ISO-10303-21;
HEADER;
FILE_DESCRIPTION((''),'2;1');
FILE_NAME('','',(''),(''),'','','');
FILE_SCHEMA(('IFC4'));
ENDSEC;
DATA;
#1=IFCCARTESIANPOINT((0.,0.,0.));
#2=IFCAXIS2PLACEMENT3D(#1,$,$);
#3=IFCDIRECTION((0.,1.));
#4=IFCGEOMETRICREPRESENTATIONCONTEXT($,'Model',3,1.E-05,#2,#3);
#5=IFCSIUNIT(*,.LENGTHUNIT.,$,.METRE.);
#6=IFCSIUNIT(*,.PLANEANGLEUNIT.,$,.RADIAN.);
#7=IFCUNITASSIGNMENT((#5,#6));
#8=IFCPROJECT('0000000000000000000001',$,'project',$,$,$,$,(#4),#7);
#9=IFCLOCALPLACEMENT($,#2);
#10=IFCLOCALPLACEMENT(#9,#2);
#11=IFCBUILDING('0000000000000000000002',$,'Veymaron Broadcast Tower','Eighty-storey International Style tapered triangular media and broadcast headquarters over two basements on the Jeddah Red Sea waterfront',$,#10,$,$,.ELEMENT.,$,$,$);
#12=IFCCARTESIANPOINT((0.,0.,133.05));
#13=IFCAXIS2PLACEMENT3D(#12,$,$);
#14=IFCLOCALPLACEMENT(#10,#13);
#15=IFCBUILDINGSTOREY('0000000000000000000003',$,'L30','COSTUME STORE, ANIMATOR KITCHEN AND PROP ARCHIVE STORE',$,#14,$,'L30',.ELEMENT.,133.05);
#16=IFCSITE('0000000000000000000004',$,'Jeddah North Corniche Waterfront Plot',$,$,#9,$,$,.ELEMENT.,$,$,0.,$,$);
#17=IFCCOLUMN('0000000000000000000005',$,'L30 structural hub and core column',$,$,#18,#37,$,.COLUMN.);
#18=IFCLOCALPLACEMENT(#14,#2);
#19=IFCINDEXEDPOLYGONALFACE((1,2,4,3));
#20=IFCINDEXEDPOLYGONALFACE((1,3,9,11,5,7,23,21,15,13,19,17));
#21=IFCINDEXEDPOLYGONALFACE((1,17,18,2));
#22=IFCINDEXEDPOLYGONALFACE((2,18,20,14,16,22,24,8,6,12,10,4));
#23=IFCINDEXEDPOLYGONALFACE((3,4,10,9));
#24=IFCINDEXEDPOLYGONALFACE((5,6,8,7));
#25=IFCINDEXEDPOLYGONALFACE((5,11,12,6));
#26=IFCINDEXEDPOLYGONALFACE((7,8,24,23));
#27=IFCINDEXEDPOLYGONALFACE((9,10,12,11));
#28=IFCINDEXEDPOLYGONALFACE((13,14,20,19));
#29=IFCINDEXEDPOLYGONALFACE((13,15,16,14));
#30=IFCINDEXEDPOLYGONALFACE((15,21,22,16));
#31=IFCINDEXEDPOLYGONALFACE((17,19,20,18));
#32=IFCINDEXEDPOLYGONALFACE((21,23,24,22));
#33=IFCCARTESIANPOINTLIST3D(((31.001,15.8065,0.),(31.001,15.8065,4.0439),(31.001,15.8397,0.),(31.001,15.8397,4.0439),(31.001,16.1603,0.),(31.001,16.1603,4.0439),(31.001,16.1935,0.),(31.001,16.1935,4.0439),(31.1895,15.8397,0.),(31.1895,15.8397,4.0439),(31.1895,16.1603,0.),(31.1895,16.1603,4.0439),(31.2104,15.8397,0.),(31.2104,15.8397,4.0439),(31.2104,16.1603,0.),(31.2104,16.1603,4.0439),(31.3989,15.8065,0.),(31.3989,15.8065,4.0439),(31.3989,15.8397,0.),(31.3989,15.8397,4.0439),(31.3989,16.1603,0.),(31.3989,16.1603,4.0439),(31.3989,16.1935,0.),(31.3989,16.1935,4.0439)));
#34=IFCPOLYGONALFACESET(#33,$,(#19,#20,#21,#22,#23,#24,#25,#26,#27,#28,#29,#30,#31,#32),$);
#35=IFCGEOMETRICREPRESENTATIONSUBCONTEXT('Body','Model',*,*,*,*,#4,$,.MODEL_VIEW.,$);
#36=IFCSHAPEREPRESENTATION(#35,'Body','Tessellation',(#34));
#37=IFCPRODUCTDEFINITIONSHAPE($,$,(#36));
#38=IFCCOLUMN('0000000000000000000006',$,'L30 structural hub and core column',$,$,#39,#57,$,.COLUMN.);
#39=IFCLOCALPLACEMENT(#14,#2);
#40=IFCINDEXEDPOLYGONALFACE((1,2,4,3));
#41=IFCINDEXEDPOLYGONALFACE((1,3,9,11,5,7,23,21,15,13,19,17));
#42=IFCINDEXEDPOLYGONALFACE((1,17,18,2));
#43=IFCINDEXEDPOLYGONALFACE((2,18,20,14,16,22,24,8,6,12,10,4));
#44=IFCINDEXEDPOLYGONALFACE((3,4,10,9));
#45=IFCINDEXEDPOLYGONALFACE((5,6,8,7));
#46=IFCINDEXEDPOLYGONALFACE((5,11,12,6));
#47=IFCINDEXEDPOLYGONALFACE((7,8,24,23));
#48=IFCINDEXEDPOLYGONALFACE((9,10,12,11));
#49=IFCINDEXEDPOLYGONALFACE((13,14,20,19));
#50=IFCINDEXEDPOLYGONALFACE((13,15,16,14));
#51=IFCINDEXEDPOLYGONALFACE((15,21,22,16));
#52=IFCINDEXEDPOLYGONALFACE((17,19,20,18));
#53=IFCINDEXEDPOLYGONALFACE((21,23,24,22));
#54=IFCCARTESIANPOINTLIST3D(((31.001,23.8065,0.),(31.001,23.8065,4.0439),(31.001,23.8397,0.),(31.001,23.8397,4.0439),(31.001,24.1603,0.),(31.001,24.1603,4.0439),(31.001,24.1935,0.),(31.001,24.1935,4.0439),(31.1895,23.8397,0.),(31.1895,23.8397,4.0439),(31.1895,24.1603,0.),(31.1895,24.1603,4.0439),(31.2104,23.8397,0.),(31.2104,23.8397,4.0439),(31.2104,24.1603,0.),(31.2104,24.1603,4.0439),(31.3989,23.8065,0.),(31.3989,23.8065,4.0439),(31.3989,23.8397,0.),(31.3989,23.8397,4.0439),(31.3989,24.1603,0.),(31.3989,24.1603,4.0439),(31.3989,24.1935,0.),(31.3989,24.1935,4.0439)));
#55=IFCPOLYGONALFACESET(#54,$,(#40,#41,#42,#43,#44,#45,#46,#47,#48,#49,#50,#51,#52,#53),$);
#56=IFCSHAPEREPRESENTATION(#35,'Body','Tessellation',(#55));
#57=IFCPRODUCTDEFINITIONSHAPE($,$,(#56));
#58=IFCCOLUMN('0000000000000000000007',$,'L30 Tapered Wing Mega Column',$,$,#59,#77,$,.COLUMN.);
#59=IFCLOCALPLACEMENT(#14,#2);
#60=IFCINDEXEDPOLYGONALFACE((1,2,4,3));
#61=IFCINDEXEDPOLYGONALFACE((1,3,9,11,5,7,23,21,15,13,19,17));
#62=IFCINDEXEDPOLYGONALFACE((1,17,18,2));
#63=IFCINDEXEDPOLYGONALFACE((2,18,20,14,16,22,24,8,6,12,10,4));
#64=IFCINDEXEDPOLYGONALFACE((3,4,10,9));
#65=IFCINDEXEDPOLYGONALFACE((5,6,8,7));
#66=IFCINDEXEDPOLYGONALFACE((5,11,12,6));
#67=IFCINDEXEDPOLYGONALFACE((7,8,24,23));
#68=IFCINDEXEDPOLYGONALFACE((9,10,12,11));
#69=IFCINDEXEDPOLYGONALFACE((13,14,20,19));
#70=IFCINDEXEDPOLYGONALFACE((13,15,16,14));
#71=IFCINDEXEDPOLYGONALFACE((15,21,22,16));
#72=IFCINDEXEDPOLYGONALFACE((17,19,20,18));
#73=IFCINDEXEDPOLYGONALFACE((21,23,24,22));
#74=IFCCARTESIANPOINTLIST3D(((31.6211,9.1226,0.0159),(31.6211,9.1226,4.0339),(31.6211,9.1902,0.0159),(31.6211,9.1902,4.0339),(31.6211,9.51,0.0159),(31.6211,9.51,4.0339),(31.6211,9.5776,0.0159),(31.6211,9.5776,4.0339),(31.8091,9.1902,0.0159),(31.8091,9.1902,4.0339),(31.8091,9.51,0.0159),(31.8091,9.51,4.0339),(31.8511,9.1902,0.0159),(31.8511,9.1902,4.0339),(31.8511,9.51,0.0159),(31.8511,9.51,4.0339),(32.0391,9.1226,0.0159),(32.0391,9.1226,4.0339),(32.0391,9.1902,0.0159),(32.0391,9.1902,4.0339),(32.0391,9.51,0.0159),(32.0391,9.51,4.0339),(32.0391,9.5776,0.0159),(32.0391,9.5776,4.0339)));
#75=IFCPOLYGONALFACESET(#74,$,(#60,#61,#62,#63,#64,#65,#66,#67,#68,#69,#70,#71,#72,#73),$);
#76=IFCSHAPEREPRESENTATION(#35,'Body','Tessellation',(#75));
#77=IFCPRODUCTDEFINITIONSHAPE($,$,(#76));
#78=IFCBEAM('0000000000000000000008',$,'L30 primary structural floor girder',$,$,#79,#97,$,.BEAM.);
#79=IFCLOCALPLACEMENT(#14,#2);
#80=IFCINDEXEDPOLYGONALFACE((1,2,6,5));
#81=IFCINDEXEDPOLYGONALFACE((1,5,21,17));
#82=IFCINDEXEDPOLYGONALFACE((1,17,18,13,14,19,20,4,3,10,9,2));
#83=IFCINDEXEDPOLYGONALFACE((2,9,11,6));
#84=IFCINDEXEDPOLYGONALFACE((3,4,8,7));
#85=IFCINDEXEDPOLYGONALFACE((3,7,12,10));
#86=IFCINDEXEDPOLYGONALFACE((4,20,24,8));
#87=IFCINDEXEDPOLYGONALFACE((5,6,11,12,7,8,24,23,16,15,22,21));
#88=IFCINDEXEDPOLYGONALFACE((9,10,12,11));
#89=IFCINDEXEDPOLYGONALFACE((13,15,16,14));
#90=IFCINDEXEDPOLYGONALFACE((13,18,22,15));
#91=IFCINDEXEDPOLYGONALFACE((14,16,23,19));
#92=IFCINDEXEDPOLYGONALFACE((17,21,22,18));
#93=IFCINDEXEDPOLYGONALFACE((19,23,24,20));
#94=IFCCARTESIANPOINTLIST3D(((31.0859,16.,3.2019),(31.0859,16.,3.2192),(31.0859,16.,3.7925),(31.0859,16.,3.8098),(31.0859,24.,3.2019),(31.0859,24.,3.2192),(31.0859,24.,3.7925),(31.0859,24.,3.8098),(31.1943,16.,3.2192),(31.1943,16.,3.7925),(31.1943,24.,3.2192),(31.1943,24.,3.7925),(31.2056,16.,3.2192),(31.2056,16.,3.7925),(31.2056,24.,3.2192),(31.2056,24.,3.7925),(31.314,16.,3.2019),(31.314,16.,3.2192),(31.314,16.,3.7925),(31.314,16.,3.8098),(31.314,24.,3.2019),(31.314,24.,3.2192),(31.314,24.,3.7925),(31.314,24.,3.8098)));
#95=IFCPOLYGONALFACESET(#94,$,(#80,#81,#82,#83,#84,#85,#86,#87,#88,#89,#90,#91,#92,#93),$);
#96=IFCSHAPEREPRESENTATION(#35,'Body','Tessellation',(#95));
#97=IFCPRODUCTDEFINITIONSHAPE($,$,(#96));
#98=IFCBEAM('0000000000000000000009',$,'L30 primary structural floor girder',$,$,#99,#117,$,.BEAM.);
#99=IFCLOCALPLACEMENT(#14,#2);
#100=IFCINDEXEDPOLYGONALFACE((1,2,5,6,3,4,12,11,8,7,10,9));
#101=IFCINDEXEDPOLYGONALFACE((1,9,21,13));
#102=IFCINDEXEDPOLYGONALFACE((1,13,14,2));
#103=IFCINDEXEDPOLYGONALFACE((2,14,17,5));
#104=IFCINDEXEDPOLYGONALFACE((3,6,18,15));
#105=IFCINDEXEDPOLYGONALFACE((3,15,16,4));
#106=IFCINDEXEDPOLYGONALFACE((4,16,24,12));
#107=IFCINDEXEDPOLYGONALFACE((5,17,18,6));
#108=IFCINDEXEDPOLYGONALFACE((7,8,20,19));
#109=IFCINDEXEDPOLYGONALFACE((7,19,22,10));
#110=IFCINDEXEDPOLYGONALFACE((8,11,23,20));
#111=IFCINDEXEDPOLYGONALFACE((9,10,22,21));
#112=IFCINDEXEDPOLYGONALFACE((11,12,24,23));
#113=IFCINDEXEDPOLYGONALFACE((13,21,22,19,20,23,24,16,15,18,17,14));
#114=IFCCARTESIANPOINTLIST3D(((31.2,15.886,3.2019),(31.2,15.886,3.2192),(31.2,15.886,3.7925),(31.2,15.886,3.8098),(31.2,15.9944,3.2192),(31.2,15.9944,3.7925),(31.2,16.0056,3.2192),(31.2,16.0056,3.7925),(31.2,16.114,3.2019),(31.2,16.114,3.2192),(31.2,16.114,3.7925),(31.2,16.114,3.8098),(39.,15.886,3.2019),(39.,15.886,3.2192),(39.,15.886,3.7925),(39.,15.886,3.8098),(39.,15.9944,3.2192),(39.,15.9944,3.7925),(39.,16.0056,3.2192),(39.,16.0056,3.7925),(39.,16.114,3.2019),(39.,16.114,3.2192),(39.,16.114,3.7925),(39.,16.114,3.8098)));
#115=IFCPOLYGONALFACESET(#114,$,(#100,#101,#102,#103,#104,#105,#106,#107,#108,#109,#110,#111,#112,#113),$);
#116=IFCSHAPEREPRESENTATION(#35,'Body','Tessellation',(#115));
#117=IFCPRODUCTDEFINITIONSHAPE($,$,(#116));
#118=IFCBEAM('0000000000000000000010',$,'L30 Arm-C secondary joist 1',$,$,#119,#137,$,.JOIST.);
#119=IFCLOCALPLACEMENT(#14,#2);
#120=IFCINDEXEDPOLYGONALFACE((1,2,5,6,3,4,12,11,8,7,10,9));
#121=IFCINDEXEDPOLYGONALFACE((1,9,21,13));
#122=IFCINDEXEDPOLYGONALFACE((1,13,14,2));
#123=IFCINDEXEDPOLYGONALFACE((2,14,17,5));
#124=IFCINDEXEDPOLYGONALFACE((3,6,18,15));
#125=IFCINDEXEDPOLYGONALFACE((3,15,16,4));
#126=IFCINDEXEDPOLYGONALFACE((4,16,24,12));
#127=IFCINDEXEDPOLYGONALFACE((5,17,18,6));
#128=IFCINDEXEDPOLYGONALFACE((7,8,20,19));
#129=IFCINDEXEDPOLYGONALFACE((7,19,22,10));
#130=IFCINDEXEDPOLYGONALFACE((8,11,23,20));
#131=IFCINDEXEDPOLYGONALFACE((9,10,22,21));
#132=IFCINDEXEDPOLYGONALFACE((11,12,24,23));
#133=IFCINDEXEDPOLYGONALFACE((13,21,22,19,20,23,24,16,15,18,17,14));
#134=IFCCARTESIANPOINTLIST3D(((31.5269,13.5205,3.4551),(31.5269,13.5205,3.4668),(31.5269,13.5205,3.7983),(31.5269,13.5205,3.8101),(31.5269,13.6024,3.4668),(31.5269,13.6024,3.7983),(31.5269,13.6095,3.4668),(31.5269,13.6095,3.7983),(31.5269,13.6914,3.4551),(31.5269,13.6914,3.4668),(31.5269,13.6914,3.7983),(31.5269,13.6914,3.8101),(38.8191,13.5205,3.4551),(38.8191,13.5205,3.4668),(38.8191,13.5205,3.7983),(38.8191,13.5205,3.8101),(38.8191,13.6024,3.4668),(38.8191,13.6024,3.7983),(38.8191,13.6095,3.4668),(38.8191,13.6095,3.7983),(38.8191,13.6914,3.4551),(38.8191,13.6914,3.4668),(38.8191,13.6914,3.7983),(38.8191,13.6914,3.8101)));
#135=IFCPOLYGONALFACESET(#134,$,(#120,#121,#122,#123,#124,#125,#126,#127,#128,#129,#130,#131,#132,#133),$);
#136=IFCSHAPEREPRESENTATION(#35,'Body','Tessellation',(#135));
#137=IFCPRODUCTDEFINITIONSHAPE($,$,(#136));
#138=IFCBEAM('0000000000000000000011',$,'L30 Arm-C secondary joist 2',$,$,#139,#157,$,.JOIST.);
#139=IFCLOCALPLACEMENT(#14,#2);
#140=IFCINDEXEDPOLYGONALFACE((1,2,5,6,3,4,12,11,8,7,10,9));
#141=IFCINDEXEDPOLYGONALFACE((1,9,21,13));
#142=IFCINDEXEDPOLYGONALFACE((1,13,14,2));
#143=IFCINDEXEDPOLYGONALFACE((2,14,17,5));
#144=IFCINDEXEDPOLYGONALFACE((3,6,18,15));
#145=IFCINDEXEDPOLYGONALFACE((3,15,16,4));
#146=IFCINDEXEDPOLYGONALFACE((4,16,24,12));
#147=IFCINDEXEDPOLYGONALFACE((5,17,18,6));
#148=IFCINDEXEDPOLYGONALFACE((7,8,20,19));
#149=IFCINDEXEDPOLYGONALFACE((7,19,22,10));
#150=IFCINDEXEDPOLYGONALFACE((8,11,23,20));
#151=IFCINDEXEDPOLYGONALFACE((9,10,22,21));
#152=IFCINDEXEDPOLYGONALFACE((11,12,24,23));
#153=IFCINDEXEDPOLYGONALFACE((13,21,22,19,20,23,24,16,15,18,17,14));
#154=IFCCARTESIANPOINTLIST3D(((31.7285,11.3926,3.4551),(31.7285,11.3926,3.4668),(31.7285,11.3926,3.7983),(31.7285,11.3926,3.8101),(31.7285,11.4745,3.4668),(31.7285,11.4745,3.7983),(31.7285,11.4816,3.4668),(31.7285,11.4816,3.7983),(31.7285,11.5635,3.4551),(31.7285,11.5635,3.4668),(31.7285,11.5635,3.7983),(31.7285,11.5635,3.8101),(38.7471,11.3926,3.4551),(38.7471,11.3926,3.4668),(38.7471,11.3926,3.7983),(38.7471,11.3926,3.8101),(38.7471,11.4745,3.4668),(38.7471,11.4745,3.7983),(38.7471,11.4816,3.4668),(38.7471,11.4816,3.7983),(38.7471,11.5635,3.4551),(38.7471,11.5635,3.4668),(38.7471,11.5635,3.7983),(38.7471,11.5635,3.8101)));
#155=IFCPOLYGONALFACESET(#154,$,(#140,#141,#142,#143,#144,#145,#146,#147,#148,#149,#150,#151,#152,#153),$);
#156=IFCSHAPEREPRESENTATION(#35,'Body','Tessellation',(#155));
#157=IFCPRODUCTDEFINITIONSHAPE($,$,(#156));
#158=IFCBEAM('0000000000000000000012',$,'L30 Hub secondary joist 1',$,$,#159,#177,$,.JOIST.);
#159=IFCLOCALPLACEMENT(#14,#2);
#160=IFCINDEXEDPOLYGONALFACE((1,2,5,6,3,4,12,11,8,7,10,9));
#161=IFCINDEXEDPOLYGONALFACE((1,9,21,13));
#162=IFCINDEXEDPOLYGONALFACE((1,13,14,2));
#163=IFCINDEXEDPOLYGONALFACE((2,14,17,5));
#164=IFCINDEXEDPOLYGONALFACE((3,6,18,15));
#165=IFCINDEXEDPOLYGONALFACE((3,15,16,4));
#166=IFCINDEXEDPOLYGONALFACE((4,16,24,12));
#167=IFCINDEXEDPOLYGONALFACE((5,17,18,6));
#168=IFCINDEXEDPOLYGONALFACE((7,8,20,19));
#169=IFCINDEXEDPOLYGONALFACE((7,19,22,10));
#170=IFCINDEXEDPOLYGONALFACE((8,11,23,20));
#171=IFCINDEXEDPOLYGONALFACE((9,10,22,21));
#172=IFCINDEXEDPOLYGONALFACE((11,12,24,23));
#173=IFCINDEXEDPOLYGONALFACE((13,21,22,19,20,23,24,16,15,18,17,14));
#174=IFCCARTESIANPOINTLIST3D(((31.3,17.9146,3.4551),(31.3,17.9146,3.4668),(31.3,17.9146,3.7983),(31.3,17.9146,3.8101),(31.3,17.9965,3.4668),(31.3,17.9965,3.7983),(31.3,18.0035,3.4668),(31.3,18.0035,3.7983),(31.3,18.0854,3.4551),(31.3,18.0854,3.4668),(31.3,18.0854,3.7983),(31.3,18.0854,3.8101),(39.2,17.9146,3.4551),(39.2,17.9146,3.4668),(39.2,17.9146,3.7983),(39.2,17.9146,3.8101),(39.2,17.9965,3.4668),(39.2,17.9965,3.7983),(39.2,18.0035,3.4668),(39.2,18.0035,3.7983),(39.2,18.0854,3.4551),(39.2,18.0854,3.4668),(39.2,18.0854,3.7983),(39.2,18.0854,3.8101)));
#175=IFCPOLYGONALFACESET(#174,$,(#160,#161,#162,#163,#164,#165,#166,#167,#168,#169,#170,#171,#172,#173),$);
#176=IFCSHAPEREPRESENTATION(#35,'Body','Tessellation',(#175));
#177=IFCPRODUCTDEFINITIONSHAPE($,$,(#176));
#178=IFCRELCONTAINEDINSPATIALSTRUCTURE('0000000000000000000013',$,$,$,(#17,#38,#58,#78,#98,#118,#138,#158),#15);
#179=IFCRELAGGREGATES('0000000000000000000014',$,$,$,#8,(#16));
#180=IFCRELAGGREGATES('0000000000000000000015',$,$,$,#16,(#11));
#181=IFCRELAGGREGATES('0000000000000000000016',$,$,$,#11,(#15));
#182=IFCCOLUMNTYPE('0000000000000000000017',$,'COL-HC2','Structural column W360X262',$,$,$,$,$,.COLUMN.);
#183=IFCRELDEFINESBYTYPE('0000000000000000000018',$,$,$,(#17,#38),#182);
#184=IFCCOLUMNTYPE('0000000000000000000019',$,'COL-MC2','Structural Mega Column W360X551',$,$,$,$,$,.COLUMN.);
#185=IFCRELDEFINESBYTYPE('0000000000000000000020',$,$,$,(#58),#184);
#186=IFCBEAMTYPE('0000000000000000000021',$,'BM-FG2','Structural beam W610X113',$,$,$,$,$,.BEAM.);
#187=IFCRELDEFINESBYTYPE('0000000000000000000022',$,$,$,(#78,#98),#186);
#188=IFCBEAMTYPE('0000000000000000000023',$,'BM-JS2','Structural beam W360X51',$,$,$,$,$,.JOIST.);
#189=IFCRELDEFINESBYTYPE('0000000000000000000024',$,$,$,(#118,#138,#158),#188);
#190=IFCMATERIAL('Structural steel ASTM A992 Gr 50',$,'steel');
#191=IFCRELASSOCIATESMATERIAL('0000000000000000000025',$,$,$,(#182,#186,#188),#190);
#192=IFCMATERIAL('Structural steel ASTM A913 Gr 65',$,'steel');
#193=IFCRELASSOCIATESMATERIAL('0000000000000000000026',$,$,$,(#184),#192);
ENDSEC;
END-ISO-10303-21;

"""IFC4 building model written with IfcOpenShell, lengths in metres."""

from ifc_helpers import new_model, si_unit, direction, frame, origin, origin_2d, place, context, subcontext, project, spatial, i_section, extrude, material, material_profile, profile_set, type_object, element, save


model = new_model("IFC4")

# Units and contexts
model_context = context("Model", 3, precision=1e-05, world=origin(), true_north=direction((0.0, 1.0)))
body_context = subcontext(model_context, "Body", "Model", "MODEL_VIEW")
ifc_project = project(units=[si_unit("LENGTHUNIT", "METRE"), si_unit("PLANEANGLEUNIT", "RADIAN")], contexts=[model_context])

# Site, building, storey
site_placement = place(None, origin())
site = spatial("IfcSite", under=ifc_project, at=site_placement, Name="Jeddah North Corniche Waterfront Plot", CompositionType="ELEMENT", RefElevation=0.0)
building_placement = place(site_placement, origin())
building = spatial("IfcBuilding", under=site, at=building_placement, Name="Veymaron Broadcast Tower", Description="Eighty-storey International Style tapered triangular media and broadcast headquarters over two basements on the Jeddah Red Sea waterfront", CompositionType="ELEMENT")
storey_placement = place(building_placement, frame((0.0, 0.0, 133.05)))
storey = spatial("IfcBuildingStorey", under=building, at=storey_placement, Name="L30", Description="COSTUME STORE, ANIMATOR KITCHEN AND PROP ARCHIVE STORE", LongName="L30", CompositionType="ELEMENT", Elevation=133.05)

# Columns
ifc_material_1 = material(Name="Structural steel ASTM A992 Gr 50", Category="steel")
ifc_material_profile_1 = material_profile(ifc_material_1, i_section(OverallWidth=0.3979, OverallDepth=0.387, WebThickness=0.021, FlangeThickness=0.0332, at=origin_2d()), Name="W360X262")
ifc_profile_set_1 = profile_set([ifc_material_profile_1], Name="Structural steel ASTM A992 Gr 50")
column_type_1 = type_object("IfcColumnType", Name="COL-HC2", Description="Structural column W360X262", PredefinedType="COLUMN", material=ifc_profile_set_1)
for number, where, z_axis, x_axis, name in (
    (1, (31.2, 16.0, 0.0), (0.0, 0.0, 1.0), (1.0, 0.0, 0.0), "L30 structural hub and core column"),
    (2, (31.2, 24.0, 0.0), (0.0, 0.0, 1.0), (1.0, 0.0, 0.0), "L30 structural hub and core column"),
):
    element("IfcColumn", number, at=place(storey_placement, frame(where, z_axis=z_axis, x_axis=x_axis)), inside=storey, type_object=column_type_1, Name=name, PredefinedType="COLUMN", context=body_context, shape_type="SweptSolid", body=[
        extrude(i_section(OverallWidth=0.3979, OverallDepth=0.387, WebThickness=0.021, FlangeThickness=0.0332, at=origin_2d()), origin(), (0.0, 0.0, 1.0), 4.0439),
    ])
ifc_material_2 = material(Name="Structural steel ASTM A913 Gr 65", Category="steel")
ifc_material_profile_2 = material_profile(ifc_material_2, i_section(OverallWidth=0.418, OverallDepth=0.4551, WebThickness=0.042, FlangeThickness=0.0676, at=origin_2d()), Name="W360X551")
ifc_profile_set_2 = profile_set([ifc_material_profile_2], Name="Structural steel ASTM A913 Gr 65")
column_type_2 = type_object("IfcColumnType", Name="COL-MC2", Description="Structural Mega Column W360X551", PredefinedType="COLUMN", material=ifc_profile_set_2)
column_placement = place(storey_placement, frame((31.8301, 9.3501, 0.0159), z_axis=(0.0, 0.0, 1.0), x_axis=(1.0, 0.0, 0.0)))
element("IfcColumn", 3, at=column_placement, inside=storey, type_object=column_type_2, Name="L30 Tapered Wing Mega Column", PredefinedType="COLUMN", context=body_context, shape_type="SweptSolid", body=[
    extrude(i_section(OverallWidth=0.418, OverallDepth=0.4551, WebThickness=0.042, FlangeThickness=0.0676, at=origin_2d()), origin(), (0.0, 0.0, 1.0), 4.0181),
])

# Beams
ifc_material_profile_3 = material_profile(ifc_material_1, i_section(OverallWidth=0.228, OverallDepth=0.6079, WebThickness=0.0112, FlangeThickness=0.0173, at=origin_2d()), Name="W610X113")
ifc_profile_set_3 = profile_set([ifc_material_profile_3], Name="Structural steel ASTM A992 Gr 50")
beam_type_1 = type_object("IfcBeamType", Name="BM-FG2", Description="Structural beam W610X113", PredefinedType="BEAM", material=ifc_profile_set_3)
beam_1_placement = place(storey_placement, frame((31.2, 16.0, 3.5059), z_axis=(0.0, 1.0, 0.0), x_axis=(-1.0, 0.0, 0.0)))
element("IfcBeam", 4, at=beam_1_placement, inside=storey, type_object=beam_type_1, Name="L30 primary structural floor girder", PredefinedType="BEAM", context=body_context, shape_type="SweptSolid", body=[
    extrude(i_section(OverallWidth=0.228, OverallDepth=0.6079, WebThickness=0.0112, FlangeThickness=0.0173, at=origin_2d()), origin(), (0.0, 0.0, 1.0), 8.0),
])
beam_2_placement = place(storey_placement, frame((31.2, 16.0, 3.5059), z_axis=(1.0, 0.0, 0.0), x_axis=(0.0, 1.0, 0.0)))
element("IfcBeam", 5, at=beam_2_placement, inside=storey, type_object=beam_type_1, Name="L30 primary structural floor girder", PredefinedType="BEAM", context=body_context, shape_type="SweptSolid", body=[
    extrude(i_section(OverallWidth=0.228, OverallDepth=0.6079, WebThickness=0.0112, FlangeThickness=0.0173, at=origin_2d()), origin(), (0.0, 0.0, 1.0), 7.8),
])
ifc_material_profile_4 = material_profile(ifc_material_1, i_section(OverallWidth=0.1709, OverallDepth=0.355, WebThickness=0.0071, FlangeThickness=0.0117, at=origin_2d()), Name="W360X51")
ifc_profile_set_4 = profile_set([ifc_material_profile_4], Name="Structural steel ASTM A992 Gr 50")
beam_type_2 = type_object("IfcBeamType", Name="BM-JS2", Description="Structural beam W360X51", PredefinedType="JOIST", material=ifc_profile_set_4)
beam_3_placement = place(storey_placement, frame((31.5269, 13.606, 3.6326), z_axis=(1.0, 0.0, 0.0), x_axis=(0.0, 1.0, 0.0)))
element("IfcBeam", 6, at=beam_3_placement, inside=storey, type_object=beam_type_2, Name="L30 Arm-C secondary joist 1", PredefinedType="JOIST", context=body_context, shape_type="SweptSolid", body=[
    extrude(i_section(OverallWidth=0.1709, OverallDepth=0.355, WebThickness=0.0071, FlangeThickness=0.0117, at=origin_2d()), origin(), (0.0, 0.0, 1.0), 7.2922),
])
beam_4_placement = place(storey_placement, frame((31.7285, 11.478, 3.6326), z_axis=(1.0, 0.0, 0.0), x_axis=(0.0, 1.0, 0.0)))
element("IfcBeam", 7, at=beam_4_placement, inside=storey, type_object=beam_type_2, Name="L30 Arm-C secondary joist 2", PredefinedType="JOIST", context=body_context, shape_type="SweptSolid", body=[
    extrude(i_section(OverallWidth=0.1709, OverallDepth=0.355, WebThickness=0.0071, FlangeThickness=0.0117, at=origin_2d()), origin(), (0.0, 0.0, 1.0), 7.0186),
])
for number, where, z_axis, x_axis, name in (
    (8, (31.3, 18.0, 3.6326), (1.0, 0.0, 0.0), (0.0, 1.0, 0.0), "L30 Hub secondary joist 1"),
):
    element("IfcBeam", number, at=place(storey_placement, frame(where, z_axis=z_axis, x_axis=x_axis)), inside=storey, type_object=beam_type_2, Name=name, PredefinedType="JOIST", context=body_context, shape_type="SweptSolid", body=[
        extrude(i_section(OverallWidth=0.1709, OverallDepth=0.355, WebThickness=0.0071, FlangeThickness=0.0117, at=origin_2d()), origin(), (0.0, 0.0, 1.0), 7.8999),
    ])

save(model, "model.ifc")
